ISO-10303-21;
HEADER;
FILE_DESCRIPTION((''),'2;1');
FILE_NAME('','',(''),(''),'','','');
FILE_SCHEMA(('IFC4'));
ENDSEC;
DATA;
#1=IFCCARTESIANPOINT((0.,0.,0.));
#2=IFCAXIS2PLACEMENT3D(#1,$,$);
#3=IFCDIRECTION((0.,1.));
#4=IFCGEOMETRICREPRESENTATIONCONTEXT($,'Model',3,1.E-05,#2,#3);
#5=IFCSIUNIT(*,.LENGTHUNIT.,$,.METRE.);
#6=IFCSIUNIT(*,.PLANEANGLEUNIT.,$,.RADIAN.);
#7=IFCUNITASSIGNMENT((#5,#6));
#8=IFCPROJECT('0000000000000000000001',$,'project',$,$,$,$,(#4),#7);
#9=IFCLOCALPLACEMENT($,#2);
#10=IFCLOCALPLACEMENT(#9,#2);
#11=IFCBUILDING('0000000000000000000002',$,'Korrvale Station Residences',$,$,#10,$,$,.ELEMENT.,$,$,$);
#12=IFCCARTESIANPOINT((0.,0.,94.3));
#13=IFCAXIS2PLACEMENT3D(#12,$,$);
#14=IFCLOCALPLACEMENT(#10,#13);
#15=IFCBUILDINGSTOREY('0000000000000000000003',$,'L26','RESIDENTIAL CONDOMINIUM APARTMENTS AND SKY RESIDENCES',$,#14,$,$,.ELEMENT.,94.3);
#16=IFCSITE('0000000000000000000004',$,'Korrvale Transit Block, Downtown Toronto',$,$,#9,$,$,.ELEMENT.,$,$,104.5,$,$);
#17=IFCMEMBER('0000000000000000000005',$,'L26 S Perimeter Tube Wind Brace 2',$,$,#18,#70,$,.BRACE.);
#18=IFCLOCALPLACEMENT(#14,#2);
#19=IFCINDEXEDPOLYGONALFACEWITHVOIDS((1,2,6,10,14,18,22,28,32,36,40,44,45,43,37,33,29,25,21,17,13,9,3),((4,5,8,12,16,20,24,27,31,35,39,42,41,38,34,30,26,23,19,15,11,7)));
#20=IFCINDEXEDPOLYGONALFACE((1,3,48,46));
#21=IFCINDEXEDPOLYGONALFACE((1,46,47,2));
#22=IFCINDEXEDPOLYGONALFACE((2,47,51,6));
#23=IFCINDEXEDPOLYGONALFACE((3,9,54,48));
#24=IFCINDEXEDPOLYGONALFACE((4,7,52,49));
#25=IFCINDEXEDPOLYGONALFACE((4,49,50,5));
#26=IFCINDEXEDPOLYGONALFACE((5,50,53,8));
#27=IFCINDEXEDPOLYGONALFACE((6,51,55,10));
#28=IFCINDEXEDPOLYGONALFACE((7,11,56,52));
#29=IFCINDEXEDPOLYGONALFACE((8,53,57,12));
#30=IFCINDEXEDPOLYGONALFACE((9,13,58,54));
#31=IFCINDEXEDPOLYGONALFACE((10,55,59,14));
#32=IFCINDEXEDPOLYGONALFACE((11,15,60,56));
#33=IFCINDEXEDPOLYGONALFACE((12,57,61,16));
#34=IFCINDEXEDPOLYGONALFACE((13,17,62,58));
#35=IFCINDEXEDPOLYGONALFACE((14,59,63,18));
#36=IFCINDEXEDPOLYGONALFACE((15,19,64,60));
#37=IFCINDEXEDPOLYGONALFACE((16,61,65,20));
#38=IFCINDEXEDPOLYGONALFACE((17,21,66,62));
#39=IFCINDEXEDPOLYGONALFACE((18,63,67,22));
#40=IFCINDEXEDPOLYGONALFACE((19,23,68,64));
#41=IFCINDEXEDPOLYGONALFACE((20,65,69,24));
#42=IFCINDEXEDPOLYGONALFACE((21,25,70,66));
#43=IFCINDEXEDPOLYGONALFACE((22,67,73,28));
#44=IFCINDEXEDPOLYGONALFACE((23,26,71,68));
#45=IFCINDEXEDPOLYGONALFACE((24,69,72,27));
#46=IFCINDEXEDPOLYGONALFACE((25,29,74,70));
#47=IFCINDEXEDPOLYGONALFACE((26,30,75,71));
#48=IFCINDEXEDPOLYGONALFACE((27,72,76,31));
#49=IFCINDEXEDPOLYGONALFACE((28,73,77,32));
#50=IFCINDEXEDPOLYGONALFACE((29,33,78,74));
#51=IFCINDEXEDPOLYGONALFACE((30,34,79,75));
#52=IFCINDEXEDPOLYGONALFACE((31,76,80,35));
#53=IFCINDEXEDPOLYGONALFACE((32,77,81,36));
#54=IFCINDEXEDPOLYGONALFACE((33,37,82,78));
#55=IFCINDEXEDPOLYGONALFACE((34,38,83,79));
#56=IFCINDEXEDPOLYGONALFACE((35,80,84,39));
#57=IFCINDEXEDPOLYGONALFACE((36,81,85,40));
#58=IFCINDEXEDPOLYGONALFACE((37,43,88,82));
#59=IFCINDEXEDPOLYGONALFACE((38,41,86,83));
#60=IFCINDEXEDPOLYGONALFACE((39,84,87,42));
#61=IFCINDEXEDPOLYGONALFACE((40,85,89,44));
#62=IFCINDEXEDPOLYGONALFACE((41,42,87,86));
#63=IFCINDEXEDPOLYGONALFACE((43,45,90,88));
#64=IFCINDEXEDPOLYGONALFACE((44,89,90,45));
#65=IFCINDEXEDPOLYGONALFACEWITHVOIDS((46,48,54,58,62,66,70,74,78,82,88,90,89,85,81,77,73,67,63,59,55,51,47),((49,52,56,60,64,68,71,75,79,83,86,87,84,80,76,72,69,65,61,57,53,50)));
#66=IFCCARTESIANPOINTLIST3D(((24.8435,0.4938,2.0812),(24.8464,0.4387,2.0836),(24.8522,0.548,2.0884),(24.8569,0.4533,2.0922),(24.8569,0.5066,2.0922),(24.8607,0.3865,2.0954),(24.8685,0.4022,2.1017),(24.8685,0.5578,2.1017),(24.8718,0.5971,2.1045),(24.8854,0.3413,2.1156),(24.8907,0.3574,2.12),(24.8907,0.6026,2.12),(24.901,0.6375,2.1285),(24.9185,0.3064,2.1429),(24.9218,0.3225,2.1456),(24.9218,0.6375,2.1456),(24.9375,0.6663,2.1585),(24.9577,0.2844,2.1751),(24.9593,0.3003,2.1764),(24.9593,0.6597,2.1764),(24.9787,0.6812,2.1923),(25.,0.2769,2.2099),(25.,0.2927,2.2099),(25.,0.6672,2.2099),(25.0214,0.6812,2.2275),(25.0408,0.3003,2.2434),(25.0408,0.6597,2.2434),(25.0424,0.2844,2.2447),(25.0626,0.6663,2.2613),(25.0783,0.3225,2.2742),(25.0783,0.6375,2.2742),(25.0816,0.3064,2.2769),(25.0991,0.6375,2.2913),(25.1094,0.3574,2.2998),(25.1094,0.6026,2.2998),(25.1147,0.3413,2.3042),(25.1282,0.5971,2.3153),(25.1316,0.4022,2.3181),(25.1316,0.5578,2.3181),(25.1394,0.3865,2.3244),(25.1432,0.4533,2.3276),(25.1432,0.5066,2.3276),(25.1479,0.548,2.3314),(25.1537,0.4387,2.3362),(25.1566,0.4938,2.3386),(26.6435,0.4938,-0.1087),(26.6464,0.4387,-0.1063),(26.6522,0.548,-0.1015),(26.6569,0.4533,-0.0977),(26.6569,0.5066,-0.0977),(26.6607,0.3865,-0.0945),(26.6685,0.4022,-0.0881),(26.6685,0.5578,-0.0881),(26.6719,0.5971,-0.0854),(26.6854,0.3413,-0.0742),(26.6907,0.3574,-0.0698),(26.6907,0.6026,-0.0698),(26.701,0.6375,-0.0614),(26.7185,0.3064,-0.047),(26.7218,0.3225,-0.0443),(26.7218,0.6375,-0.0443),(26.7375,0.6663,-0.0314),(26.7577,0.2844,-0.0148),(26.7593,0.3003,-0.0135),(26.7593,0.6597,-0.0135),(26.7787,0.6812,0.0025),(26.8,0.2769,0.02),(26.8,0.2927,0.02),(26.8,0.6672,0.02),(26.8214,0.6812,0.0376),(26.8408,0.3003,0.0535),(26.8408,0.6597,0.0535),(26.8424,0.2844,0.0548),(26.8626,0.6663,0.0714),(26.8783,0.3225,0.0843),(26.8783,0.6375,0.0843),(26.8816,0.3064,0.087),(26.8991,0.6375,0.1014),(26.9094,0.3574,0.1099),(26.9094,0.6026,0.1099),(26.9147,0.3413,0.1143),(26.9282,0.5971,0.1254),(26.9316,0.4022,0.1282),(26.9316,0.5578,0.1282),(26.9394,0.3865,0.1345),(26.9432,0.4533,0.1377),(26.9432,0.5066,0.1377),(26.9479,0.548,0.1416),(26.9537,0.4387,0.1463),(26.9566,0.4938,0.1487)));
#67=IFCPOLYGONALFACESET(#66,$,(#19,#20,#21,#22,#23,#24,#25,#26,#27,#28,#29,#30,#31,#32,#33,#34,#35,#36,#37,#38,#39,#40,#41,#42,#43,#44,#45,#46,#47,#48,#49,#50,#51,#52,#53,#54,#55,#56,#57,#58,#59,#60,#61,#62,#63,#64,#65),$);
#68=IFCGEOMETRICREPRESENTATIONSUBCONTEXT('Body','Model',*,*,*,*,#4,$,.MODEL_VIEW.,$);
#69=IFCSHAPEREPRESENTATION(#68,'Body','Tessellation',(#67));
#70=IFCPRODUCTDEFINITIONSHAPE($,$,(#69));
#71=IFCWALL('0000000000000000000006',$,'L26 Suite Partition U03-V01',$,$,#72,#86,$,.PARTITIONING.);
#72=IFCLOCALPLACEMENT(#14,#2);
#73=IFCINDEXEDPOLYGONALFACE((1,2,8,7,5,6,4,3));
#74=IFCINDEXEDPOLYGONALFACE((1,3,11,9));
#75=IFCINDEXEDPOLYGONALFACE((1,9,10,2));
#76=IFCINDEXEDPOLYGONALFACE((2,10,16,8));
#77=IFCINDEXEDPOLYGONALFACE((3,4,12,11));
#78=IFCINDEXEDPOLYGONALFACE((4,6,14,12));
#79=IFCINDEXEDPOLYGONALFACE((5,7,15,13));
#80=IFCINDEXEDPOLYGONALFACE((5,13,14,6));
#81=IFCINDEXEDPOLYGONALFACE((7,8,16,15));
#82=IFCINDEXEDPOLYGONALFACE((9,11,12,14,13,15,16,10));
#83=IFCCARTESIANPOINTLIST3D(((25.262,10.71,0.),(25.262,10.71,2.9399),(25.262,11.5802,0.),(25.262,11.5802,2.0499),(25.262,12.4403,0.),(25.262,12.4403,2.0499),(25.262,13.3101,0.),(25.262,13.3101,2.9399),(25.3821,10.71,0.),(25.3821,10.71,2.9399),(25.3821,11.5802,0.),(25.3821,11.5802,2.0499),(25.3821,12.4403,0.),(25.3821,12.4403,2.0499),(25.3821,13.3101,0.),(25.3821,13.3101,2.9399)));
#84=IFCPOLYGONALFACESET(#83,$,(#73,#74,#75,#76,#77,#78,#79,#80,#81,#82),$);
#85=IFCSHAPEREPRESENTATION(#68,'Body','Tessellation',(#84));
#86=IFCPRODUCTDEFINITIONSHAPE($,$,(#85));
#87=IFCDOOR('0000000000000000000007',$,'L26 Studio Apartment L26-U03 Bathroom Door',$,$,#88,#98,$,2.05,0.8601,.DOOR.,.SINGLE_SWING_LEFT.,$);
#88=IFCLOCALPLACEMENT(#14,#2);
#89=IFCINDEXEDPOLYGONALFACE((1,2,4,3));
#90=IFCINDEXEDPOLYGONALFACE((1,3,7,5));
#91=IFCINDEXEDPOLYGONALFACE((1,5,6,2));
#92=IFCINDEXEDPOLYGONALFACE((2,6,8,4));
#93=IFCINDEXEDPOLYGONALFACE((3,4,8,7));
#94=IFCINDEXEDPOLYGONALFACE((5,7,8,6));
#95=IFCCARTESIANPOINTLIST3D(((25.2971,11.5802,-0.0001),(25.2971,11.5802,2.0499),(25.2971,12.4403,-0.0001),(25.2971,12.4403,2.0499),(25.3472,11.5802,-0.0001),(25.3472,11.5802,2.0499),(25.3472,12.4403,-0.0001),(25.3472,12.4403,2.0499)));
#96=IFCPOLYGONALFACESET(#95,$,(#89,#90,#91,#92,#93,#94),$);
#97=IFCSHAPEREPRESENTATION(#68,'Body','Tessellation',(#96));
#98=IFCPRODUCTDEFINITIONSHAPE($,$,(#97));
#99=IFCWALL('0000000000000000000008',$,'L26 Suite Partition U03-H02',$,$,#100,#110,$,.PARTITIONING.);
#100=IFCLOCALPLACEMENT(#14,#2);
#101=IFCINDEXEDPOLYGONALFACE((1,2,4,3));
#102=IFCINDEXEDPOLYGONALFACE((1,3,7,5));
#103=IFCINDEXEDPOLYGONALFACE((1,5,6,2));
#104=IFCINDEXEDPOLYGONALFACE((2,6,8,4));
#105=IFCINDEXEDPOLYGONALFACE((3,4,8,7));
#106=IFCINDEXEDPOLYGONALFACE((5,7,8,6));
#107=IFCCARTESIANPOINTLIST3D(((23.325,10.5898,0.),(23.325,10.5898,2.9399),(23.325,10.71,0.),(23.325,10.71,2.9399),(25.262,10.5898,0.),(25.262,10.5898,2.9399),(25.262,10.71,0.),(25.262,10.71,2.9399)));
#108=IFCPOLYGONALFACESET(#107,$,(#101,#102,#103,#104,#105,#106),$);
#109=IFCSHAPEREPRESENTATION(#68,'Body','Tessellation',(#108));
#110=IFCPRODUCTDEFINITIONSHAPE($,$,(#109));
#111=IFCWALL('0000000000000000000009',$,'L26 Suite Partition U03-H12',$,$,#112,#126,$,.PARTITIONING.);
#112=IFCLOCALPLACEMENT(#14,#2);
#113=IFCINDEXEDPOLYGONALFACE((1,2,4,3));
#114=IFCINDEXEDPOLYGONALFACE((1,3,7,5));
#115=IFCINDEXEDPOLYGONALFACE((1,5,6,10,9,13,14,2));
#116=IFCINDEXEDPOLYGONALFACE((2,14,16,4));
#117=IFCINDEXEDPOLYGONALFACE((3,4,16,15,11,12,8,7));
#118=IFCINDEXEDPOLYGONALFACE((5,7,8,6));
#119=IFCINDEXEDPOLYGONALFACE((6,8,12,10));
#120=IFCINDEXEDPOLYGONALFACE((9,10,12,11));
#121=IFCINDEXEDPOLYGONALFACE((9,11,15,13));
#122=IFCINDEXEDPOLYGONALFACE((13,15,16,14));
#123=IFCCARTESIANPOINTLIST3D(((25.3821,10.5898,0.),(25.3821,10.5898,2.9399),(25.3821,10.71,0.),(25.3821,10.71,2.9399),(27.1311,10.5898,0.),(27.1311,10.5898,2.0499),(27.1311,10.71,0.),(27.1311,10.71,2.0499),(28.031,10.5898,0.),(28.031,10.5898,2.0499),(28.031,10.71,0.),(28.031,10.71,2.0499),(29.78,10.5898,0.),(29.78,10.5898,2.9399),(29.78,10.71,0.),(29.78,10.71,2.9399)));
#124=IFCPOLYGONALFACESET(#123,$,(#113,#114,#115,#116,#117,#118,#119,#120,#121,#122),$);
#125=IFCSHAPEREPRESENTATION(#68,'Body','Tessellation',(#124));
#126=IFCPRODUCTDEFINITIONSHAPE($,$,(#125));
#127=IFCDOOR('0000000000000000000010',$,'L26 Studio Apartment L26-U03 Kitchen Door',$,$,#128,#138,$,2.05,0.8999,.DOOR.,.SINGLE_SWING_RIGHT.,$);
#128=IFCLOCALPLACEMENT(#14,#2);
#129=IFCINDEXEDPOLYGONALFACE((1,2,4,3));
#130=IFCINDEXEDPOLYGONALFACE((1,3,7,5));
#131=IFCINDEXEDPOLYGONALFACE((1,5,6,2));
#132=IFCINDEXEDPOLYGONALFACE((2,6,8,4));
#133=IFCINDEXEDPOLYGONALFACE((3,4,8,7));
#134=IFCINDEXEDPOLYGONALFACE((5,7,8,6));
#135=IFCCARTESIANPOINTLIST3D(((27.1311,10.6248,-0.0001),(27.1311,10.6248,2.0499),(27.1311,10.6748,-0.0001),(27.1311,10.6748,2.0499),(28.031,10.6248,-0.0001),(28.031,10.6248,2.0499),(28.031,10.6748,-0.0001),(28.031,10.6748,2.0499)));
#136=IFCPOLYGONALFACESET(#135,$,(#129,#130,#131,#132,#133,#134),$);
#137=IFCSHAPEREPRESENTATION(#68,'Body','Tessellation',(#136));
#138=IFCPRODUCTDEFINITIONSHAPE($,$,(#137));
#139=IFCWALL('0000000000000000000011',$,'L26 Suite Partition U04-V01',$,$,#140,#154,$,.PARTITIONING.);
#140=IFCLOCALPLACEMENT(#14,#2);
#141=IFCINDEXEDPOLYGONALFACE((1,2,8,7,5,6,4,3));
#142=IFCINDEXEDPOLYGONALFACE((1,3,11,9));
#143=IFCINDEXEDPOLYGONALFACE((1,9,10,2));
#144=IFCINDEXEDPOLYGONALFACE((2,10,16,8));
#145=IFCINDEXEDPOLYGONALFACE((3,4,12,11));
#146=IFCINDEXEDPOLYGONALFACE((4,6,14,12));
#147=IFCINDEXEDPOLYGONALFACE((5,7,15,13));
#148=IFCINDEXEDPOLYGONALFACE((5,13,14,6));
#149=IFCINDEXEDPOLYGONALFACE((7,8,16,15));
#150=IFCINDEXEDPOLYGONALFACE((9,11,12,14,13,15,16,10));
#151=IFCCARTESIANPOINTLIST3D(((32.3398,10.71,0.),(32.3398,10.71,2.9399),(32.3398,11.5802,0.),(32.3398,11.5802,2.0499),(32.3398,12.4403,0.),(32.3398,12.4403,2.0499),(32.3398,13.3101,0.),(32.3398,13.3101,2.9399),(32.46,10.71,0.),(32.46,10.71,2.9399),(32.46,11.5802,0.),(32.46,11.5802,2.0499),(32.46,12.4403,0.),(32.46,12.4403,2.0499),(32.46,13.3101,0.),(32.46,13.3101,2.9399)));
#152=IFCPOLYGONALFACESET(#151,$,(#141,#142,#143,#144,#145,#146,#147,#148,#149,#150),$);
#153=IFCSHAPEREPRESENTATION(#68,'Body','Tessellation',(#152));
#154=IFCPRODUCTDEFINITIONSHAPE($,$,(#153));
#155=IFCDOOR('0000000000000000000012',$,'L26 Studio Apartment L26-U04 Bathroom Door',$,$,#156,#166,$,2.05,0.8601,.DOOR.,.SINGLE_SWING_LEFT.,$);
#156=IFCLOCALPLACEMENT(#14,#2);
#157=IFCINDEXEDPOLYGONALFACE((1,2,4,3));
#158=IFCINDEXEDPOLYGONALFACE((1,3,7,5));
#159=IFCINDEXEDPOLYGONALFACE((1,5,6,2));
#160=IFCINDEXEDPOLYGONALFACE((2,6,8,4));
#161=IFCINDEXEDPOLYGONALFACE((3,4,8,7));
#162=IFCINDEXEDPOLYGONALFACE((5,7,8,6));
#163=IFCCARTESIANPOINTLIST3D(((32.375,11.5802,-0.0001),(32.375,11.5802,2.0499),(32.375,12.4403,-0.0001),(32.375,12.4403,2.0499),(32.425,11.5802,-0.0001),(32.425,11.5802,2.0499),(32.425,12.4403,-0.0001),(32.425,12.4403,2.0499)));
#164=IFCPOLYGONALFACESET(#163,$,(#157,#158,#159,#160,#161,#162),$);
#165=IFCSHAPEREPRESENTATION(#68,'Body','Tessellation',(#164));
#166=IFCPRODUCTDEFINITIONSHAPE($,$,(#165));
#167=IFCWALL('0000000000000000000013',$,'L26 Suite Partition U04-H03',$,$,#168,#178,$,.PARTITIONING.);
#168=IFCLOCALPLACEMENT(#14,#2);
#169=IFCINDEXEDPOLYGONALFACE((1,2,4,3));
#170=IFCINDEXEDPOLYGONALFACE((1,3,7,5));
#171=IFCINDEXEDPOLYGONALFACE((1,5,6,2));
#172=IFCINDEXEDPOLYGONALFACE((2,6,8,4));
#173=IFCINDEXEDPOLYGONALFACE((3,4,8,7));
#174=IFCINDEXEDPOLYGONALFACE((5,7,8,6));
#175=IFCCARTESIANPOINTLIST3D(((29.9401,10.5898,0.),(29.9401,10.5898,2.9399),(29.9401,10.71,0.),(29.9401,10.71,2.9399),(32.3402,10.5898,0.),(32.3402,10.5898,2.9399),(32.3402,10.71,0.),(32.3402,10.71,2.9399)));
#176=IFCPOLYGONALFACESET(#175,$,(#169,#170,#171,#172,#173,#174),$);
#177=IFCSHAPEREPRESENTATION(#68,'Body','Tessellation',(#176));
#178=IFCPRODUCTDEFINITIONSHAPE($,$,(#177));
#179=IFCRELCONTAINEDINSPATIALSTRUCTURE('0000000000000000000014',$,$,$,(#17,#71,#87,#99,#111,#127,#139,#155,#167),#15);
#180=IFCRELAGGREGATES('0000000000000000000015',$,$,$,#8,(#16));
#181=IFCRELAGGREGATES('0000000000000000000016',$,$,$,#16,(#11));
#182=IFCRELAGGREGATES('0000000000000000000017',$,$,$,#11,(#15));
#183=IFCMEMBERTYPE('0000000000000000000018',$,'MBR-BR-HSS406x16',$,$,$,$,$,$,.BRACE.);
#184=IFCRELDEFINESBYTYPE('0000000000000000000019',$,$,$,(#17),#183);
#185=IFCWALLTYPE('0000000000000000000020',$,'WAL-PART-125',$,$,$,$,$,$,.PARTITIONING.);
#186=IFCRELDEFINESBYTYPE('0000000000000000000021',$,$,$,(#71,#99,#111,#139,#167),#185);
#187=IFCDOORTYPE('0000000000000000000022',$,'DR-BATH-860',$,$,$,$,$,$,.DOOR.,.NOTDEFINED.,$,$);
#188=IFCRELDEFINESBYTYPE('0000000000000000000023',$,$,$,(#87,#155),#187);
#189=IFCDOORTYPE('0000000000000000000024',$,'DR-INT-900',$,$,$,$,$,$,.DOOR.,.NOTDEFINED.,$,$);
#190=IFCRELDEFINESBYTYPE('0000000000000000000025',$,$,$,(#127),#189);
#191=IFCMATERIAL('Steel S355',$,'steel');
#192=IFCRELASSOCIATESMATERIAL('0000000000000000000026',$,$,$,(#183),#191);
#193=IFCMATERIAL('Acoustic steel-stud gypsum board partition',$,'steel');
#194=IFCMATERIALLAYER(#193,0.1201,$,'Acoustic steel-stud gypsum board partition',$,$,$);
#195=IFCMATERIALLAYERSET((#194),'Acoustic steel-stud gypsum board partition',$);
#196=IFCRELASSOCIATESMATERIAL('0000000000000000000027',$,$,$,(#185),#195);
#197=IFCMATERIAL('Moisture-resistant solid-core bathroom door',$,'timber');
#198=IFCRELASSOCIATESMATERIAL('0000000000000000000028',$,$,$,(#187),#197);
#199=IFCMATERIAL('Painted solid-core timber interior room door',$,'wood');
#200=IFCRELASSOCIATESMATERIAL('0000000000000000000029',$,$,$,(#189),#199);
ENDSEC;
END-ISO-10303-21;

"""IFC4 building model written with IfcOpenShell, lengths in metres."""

from ifc_helpers import new_model, si_unit, direction, frame, frame_2d, origin, origin_2d, place, context, subcontext, project, spatial, rectangle, hollow_circle, extrude, material, layer, layer_set, material_profile, profile_set, type_object, element, fill, save


model = new_model("IFC4")

# Units and contexts
model_context = context("Model", 3, precision=1e-05, world=origin(), true_north=direction((0.0, 1.0)))
body_context = subcontext(model_context, "Body", "Model", "MODEL_VIEW")
ifc_project = project(units=[si_unit("LENGTHUNIT", "METRE"), si_unit("PLANEANGLEUNIT", "RADIAN")], contexts=[model_context])

# Site, building, storey
site_placement = place(None, origin())
site = spatial("IfcSite", under=ifc_project, at=site_placement, Name="Korrvale Transit Block, Downtown Toronto", CompositionType="ELEMENT", RefElevation=104.5)
building_placement = place(site_placement, origin())
building = spatial("IfcBuilding", under=site, at=building_placement, Name="Korrvale Station Residences", CompositionType="ELEMENT")
storey_placement = place(building_placement, frame((0.0, 0.0, 94.3)))
storey = spatial("IfcBuildingStorey", under=building, at=storey_placement, Name="L26", Description="RESIDENTIAL CONDOMINIUM APARTMENTS AND SKY RESIDENCES", CompositionType="ELEMENT", Elevation=94.3)

# Shared definitions
ifc_material_1 = material(Name="Steel S355", Category="steel")

# Member
ifc_material_profile_1 = material_profile(ifc_material_1, hollow_circle(Radius=0.2031, WallThickness=0.0159, at=origin_2d()), Name="HSS406x16")
ifc_profile_set_1 = profile_set([ifc_material_profile_1], Name="Steel S355")
member_type = type_object("IfcMemberType", Name="MBR-BR-HSS406x16", PredefinedType="BRACE", material=ifc_profile_set_1)
member_placement = place(storey_placement, frame((26.8, 0.48, 0.02), z_axis=(-0.634985, 0.0, 0.772524), x_axis=(0.0, -1.0, 0.0)))
element("IfcMember", 1, at=member_placement, inside=storey, type_object=member_type, Name="L26 S Perimeter Tube Wind Brace 2", PredefinedType="BRACE", context=body_context, shape_type="SweptSolid", body=[
    extrude(hollow_circle(Radius=0.2031, WallThickness=0.0159, at=origin_2d()), origin(), (0.0, 0.0, 1.0), 2.8347),
])

# Wall, opening, door
ifc_material_2 = material(Name="Acoustic steel-stud gypsum board partition", Category="steel")
ifc_layer_1 = layer(ifc_material_2, 0.1201, Name="Acoustic steel-stud gypsum board partition")
ifc_layer_set_1 = layer_set([ifc_layer_1], Name="Acoustic steel-stud gypsum board partition")
wall_type_1 = type_object("IfcWallType", Name="WAL-PART-125", PredefinedType="PARTITIONING", material=ifc_layer_set_1)
wall_1_placement = place(storey_placement, frame((25.322, 10.71, 0.0), z_axis=(0.0, 0.0, 1.0), x_axis=(0.0, 1.0, 0.0)))
wall_1 = element("IfcWall", 2, at=wall_1_placement, inside=storey, type_object=wall_type_1, Name="L26 Suite Partition U03-V01", PredefinedType="PARTITIONING", context=body_context, shape_type="SweptSolid", body=[
    extrude(rectangle(XDim=2.6001, YDim=0.1201, at=frame_2d((1.3, 0.0))), origin(), (0.0, 0.0, 1.0), 2.9399),
])
opening_1_placement = place(wall_1_placement, frame((0.8701, 0.0, 0.0)))
opening_1 = element("IfcOpeningElement", 3, at=opening_1_placement, cuts=wall_1, PredefinedType="OPENING", context=body_context, shape_type="SweptSolid", body=[
    extrude(rectangle(XDim=0.8601, YDim=2.05, at=frame_2d((0.4302, 1.0249))), frame((0.0, 0.0701, 0.0), z_axis=(0.0, -1.0, 0.0), x_axis=(1.0, 0.0, 0.0)), (0.0, 0.0, 1.0), 0.1401),
])
ifc_material_3 = material(Name="Moisture-resistant solid-core bathroom door", Category="timber")
door_type_1 = type_object("IfcDoorType", Name="DR-BATH-860", OperationType="NOTDEFINED", PredefinedType="DOOR", material=ifc_material_3)
door_1_placement = place(opening_1_placement, origin())
door_1 = element("IfcDoor", 4, at=door_1_placement, inside=storey, type_object=door_type_1, Name="L26 Studio Apartment L26-U03 Bathroom Door", OperationType="SINGLE_SWING_LEFT", OverallHeight=2.05, OverallWidth=0.8601, PredefinedType="DOOR", context=body_context, shape_type="SweptSolid", body=[
    extrude(rectangle(XDim=0.8601, YDim=2.05, at=frame_2d((0.4302, 1.0249))), frame((0.0, 0.0249, 0.0), z_axis=(0.0, -1.0, 0.0), x_axis=(1.0, 0.0, 0.0)), (0.0, 0.0, 1.0), 0.05),
])
fill(opening_1, door_1)

# Wall
wall_2_placement = place(storey_placement, frame((23.325, 10.6499, 0.0), z_axis=(0.0, 0.0, 1.0), x_axis=(1.0, 0.0, 0.0)))
element("IfcWall", 5, at=wall_2_placement, inside=storey, type_object=wall_type_1, Name="L26 Suite Partition U03-H02", PredefinedType="PARTITIONING", context=body_context, shape_type="SweptSolid", body=[
    extrude(rectangle(XDim=1.937, YDim=0.1201, at=frame_2d((0.9685, 0.0))), origin(), (0.0, 0.0, 1.0), 2.9399),
])

# Walls, openings, doors
wall_3_placement = place(storey_placement, frame((25.3821, 10.6499, 0.0), z_axis=(0.0, 0.0, 1.0), x_axis=(1.0, 0.0, 0.0)))
wall_3 = element("IfcWall", 6, at=wall_3_placement, inside=storey, type_object=wall_type_1, Name="L26 Suite Partition U03-H12", PredefinedType="PARTITIONING", context=body_context, shape_type="SweptSolid", body=[
    extrude(rectangle(XDim=4.3979, YDim=0.1201, at=frame_2d((2.199, 0.0))), origin(), (0.0, 0.0, 1.0), 2.9399),
])
opening_2_placement = place(wall_3_placement, frame((1.749, 0.0, 0.0)))
opening_2 = element("IfcOpeningElement", 7, at=opening_2_placement, cuts=wall_3, PredefinedType="OPENING", context=body_context, shape_type="SweptSolid", body=[
    extrude(rectangle(XDim=0.8999, YDim=2.05, at=frame_2d((0.45, 1.0249))), frame((0.0, 0.0701, 0.0), z_axis=(0.0, -1.0, 0.0), x_axis=(1.0, 0.0, 0.0)), (0.0, 0.0, 1.0), 0.1401),
])
ifc_material_4 = material(Name="Painted solid-core timber interior room door", Category="wood")
door_type_2 = type_object("IfcDoorType", Name="DR-INT-900", OperationType="NOTDEFINED", PredefinedType="DOOR", material=ifc_material_4)
door_2_placement = place(opening_2_placement, origin())
door_2 = element("IfcDoor", 8, at=door_2_placement, inside=storey, type_object=door_type_2, Name="L26 Studio Apartment L26-U03 Kitchen Door", OperationType="SINGLE_SWING_RIGHT", OverallHeight=2.05, OverallWidth=0.8999, PredefinedType="DOOR", context=body_context, shape_type="SweptSolid", body=[
    extrude(rectangle(XDim=0.8999, YDim=2.05, at=frame_2d((0.45, 1.0249))), frame((0.0, 0.0249, 0.0), z_axis=(0.0, -1.0, 0.0), x_axis=(1.0, 0.0, 0.0)), (0.0, 0.0, 1.0), 0.05),
])
fill(opening_2, door_2)
wall_4_placement = place(storey_placement, frame((32.3999, 10.71, 0.0), z_axis=(0.0, 0.0, 1.0), x_axis=(0.0, 1.0, 0.0)))
wall_4 = element("IfcWall", 9, at=wall_4_placement, inside=storey, type_object=wall_type_1, Name="L26 Suite Partition U04-V01", PredefinedType="PARTITIONING", context=body_context, shape_type="SweptSolid", body=[
    extrude(rectangle(XDim=2.6001, YDim=0.1201, at=frame_2d((1.3, 0.0))), origin(), (0.0, 0.0, 1.0), 2.9399),
])
opening_3_placement = place(wall_4_placement, frame((0.8701, 0.0, 0.0)))
opening_3 = element("IfcOpeningElement", 10, at=opening_3_placement, cuts=wall_4, PredefinedType="OPENING", context=body_context, shape_type="SweptSolid", body=[
    extrude(rectangle(XDim=0.8601, YDim=2.05, at=frame_2d((0.4302, 1.0249))), frame((0.0, 0.0701, 0.0), z_axis=(0.0, -1.0, 0.0), x_axis=(1.0, 0.0, 0.0)), (0.0, 0.0, 1.0), 0.1401),
])
door_3_placement = place(opening_3_placement, origin())
door_3 = element("IfcDoor", 11, at=door_3_placement, inside=storey, type_object=door_type_1, Name="L26 Studio Apartment L26-U04 Bathroom Door", OperationType="SINGLE_SWING_LEFT", OverallHeight=2.05, OverallWidth=0.8601, PredefinedType="DOOR", context=body_context, shape_type="SweptSolid", body=[
    extrude(rectangle(XDim=0.8601, YDim=2.05, at=frame_2d((0.4302, 1.0249))), frame((0.0, 0.0249, 0.0), z_axis=(0.0, -1.0, 0.0), x_axis=(1.0, 0.0, 0.0)), (0.0, 0.0, 1.0), 0.05),
])
fill(opening_3, door_3)

# Wall
wall_5_placement = place(storey_placement, frame((29.9399, 10.6499, 0.0), z_axis=(0.0, 0.0, 1.0), x_axis=(1.0, 0.0, 0.0)))
element("IfcWall", 12, at=wall_5_placement, inside=storey, type_object=wall_type_1, Name="L26 Suite Partition U04-H03", PredefinedType="PARTITIONING", context=body_context, shape_type="SweptSolid", body=[
    extrude(rectangle(XDim=2.4001, YDim=0.1201, at=frame_2d((1.2002, 0.0))), origin(), (0.0, 0.0, 1.0), 2.9399),
])

save(model, "model.ifc")
